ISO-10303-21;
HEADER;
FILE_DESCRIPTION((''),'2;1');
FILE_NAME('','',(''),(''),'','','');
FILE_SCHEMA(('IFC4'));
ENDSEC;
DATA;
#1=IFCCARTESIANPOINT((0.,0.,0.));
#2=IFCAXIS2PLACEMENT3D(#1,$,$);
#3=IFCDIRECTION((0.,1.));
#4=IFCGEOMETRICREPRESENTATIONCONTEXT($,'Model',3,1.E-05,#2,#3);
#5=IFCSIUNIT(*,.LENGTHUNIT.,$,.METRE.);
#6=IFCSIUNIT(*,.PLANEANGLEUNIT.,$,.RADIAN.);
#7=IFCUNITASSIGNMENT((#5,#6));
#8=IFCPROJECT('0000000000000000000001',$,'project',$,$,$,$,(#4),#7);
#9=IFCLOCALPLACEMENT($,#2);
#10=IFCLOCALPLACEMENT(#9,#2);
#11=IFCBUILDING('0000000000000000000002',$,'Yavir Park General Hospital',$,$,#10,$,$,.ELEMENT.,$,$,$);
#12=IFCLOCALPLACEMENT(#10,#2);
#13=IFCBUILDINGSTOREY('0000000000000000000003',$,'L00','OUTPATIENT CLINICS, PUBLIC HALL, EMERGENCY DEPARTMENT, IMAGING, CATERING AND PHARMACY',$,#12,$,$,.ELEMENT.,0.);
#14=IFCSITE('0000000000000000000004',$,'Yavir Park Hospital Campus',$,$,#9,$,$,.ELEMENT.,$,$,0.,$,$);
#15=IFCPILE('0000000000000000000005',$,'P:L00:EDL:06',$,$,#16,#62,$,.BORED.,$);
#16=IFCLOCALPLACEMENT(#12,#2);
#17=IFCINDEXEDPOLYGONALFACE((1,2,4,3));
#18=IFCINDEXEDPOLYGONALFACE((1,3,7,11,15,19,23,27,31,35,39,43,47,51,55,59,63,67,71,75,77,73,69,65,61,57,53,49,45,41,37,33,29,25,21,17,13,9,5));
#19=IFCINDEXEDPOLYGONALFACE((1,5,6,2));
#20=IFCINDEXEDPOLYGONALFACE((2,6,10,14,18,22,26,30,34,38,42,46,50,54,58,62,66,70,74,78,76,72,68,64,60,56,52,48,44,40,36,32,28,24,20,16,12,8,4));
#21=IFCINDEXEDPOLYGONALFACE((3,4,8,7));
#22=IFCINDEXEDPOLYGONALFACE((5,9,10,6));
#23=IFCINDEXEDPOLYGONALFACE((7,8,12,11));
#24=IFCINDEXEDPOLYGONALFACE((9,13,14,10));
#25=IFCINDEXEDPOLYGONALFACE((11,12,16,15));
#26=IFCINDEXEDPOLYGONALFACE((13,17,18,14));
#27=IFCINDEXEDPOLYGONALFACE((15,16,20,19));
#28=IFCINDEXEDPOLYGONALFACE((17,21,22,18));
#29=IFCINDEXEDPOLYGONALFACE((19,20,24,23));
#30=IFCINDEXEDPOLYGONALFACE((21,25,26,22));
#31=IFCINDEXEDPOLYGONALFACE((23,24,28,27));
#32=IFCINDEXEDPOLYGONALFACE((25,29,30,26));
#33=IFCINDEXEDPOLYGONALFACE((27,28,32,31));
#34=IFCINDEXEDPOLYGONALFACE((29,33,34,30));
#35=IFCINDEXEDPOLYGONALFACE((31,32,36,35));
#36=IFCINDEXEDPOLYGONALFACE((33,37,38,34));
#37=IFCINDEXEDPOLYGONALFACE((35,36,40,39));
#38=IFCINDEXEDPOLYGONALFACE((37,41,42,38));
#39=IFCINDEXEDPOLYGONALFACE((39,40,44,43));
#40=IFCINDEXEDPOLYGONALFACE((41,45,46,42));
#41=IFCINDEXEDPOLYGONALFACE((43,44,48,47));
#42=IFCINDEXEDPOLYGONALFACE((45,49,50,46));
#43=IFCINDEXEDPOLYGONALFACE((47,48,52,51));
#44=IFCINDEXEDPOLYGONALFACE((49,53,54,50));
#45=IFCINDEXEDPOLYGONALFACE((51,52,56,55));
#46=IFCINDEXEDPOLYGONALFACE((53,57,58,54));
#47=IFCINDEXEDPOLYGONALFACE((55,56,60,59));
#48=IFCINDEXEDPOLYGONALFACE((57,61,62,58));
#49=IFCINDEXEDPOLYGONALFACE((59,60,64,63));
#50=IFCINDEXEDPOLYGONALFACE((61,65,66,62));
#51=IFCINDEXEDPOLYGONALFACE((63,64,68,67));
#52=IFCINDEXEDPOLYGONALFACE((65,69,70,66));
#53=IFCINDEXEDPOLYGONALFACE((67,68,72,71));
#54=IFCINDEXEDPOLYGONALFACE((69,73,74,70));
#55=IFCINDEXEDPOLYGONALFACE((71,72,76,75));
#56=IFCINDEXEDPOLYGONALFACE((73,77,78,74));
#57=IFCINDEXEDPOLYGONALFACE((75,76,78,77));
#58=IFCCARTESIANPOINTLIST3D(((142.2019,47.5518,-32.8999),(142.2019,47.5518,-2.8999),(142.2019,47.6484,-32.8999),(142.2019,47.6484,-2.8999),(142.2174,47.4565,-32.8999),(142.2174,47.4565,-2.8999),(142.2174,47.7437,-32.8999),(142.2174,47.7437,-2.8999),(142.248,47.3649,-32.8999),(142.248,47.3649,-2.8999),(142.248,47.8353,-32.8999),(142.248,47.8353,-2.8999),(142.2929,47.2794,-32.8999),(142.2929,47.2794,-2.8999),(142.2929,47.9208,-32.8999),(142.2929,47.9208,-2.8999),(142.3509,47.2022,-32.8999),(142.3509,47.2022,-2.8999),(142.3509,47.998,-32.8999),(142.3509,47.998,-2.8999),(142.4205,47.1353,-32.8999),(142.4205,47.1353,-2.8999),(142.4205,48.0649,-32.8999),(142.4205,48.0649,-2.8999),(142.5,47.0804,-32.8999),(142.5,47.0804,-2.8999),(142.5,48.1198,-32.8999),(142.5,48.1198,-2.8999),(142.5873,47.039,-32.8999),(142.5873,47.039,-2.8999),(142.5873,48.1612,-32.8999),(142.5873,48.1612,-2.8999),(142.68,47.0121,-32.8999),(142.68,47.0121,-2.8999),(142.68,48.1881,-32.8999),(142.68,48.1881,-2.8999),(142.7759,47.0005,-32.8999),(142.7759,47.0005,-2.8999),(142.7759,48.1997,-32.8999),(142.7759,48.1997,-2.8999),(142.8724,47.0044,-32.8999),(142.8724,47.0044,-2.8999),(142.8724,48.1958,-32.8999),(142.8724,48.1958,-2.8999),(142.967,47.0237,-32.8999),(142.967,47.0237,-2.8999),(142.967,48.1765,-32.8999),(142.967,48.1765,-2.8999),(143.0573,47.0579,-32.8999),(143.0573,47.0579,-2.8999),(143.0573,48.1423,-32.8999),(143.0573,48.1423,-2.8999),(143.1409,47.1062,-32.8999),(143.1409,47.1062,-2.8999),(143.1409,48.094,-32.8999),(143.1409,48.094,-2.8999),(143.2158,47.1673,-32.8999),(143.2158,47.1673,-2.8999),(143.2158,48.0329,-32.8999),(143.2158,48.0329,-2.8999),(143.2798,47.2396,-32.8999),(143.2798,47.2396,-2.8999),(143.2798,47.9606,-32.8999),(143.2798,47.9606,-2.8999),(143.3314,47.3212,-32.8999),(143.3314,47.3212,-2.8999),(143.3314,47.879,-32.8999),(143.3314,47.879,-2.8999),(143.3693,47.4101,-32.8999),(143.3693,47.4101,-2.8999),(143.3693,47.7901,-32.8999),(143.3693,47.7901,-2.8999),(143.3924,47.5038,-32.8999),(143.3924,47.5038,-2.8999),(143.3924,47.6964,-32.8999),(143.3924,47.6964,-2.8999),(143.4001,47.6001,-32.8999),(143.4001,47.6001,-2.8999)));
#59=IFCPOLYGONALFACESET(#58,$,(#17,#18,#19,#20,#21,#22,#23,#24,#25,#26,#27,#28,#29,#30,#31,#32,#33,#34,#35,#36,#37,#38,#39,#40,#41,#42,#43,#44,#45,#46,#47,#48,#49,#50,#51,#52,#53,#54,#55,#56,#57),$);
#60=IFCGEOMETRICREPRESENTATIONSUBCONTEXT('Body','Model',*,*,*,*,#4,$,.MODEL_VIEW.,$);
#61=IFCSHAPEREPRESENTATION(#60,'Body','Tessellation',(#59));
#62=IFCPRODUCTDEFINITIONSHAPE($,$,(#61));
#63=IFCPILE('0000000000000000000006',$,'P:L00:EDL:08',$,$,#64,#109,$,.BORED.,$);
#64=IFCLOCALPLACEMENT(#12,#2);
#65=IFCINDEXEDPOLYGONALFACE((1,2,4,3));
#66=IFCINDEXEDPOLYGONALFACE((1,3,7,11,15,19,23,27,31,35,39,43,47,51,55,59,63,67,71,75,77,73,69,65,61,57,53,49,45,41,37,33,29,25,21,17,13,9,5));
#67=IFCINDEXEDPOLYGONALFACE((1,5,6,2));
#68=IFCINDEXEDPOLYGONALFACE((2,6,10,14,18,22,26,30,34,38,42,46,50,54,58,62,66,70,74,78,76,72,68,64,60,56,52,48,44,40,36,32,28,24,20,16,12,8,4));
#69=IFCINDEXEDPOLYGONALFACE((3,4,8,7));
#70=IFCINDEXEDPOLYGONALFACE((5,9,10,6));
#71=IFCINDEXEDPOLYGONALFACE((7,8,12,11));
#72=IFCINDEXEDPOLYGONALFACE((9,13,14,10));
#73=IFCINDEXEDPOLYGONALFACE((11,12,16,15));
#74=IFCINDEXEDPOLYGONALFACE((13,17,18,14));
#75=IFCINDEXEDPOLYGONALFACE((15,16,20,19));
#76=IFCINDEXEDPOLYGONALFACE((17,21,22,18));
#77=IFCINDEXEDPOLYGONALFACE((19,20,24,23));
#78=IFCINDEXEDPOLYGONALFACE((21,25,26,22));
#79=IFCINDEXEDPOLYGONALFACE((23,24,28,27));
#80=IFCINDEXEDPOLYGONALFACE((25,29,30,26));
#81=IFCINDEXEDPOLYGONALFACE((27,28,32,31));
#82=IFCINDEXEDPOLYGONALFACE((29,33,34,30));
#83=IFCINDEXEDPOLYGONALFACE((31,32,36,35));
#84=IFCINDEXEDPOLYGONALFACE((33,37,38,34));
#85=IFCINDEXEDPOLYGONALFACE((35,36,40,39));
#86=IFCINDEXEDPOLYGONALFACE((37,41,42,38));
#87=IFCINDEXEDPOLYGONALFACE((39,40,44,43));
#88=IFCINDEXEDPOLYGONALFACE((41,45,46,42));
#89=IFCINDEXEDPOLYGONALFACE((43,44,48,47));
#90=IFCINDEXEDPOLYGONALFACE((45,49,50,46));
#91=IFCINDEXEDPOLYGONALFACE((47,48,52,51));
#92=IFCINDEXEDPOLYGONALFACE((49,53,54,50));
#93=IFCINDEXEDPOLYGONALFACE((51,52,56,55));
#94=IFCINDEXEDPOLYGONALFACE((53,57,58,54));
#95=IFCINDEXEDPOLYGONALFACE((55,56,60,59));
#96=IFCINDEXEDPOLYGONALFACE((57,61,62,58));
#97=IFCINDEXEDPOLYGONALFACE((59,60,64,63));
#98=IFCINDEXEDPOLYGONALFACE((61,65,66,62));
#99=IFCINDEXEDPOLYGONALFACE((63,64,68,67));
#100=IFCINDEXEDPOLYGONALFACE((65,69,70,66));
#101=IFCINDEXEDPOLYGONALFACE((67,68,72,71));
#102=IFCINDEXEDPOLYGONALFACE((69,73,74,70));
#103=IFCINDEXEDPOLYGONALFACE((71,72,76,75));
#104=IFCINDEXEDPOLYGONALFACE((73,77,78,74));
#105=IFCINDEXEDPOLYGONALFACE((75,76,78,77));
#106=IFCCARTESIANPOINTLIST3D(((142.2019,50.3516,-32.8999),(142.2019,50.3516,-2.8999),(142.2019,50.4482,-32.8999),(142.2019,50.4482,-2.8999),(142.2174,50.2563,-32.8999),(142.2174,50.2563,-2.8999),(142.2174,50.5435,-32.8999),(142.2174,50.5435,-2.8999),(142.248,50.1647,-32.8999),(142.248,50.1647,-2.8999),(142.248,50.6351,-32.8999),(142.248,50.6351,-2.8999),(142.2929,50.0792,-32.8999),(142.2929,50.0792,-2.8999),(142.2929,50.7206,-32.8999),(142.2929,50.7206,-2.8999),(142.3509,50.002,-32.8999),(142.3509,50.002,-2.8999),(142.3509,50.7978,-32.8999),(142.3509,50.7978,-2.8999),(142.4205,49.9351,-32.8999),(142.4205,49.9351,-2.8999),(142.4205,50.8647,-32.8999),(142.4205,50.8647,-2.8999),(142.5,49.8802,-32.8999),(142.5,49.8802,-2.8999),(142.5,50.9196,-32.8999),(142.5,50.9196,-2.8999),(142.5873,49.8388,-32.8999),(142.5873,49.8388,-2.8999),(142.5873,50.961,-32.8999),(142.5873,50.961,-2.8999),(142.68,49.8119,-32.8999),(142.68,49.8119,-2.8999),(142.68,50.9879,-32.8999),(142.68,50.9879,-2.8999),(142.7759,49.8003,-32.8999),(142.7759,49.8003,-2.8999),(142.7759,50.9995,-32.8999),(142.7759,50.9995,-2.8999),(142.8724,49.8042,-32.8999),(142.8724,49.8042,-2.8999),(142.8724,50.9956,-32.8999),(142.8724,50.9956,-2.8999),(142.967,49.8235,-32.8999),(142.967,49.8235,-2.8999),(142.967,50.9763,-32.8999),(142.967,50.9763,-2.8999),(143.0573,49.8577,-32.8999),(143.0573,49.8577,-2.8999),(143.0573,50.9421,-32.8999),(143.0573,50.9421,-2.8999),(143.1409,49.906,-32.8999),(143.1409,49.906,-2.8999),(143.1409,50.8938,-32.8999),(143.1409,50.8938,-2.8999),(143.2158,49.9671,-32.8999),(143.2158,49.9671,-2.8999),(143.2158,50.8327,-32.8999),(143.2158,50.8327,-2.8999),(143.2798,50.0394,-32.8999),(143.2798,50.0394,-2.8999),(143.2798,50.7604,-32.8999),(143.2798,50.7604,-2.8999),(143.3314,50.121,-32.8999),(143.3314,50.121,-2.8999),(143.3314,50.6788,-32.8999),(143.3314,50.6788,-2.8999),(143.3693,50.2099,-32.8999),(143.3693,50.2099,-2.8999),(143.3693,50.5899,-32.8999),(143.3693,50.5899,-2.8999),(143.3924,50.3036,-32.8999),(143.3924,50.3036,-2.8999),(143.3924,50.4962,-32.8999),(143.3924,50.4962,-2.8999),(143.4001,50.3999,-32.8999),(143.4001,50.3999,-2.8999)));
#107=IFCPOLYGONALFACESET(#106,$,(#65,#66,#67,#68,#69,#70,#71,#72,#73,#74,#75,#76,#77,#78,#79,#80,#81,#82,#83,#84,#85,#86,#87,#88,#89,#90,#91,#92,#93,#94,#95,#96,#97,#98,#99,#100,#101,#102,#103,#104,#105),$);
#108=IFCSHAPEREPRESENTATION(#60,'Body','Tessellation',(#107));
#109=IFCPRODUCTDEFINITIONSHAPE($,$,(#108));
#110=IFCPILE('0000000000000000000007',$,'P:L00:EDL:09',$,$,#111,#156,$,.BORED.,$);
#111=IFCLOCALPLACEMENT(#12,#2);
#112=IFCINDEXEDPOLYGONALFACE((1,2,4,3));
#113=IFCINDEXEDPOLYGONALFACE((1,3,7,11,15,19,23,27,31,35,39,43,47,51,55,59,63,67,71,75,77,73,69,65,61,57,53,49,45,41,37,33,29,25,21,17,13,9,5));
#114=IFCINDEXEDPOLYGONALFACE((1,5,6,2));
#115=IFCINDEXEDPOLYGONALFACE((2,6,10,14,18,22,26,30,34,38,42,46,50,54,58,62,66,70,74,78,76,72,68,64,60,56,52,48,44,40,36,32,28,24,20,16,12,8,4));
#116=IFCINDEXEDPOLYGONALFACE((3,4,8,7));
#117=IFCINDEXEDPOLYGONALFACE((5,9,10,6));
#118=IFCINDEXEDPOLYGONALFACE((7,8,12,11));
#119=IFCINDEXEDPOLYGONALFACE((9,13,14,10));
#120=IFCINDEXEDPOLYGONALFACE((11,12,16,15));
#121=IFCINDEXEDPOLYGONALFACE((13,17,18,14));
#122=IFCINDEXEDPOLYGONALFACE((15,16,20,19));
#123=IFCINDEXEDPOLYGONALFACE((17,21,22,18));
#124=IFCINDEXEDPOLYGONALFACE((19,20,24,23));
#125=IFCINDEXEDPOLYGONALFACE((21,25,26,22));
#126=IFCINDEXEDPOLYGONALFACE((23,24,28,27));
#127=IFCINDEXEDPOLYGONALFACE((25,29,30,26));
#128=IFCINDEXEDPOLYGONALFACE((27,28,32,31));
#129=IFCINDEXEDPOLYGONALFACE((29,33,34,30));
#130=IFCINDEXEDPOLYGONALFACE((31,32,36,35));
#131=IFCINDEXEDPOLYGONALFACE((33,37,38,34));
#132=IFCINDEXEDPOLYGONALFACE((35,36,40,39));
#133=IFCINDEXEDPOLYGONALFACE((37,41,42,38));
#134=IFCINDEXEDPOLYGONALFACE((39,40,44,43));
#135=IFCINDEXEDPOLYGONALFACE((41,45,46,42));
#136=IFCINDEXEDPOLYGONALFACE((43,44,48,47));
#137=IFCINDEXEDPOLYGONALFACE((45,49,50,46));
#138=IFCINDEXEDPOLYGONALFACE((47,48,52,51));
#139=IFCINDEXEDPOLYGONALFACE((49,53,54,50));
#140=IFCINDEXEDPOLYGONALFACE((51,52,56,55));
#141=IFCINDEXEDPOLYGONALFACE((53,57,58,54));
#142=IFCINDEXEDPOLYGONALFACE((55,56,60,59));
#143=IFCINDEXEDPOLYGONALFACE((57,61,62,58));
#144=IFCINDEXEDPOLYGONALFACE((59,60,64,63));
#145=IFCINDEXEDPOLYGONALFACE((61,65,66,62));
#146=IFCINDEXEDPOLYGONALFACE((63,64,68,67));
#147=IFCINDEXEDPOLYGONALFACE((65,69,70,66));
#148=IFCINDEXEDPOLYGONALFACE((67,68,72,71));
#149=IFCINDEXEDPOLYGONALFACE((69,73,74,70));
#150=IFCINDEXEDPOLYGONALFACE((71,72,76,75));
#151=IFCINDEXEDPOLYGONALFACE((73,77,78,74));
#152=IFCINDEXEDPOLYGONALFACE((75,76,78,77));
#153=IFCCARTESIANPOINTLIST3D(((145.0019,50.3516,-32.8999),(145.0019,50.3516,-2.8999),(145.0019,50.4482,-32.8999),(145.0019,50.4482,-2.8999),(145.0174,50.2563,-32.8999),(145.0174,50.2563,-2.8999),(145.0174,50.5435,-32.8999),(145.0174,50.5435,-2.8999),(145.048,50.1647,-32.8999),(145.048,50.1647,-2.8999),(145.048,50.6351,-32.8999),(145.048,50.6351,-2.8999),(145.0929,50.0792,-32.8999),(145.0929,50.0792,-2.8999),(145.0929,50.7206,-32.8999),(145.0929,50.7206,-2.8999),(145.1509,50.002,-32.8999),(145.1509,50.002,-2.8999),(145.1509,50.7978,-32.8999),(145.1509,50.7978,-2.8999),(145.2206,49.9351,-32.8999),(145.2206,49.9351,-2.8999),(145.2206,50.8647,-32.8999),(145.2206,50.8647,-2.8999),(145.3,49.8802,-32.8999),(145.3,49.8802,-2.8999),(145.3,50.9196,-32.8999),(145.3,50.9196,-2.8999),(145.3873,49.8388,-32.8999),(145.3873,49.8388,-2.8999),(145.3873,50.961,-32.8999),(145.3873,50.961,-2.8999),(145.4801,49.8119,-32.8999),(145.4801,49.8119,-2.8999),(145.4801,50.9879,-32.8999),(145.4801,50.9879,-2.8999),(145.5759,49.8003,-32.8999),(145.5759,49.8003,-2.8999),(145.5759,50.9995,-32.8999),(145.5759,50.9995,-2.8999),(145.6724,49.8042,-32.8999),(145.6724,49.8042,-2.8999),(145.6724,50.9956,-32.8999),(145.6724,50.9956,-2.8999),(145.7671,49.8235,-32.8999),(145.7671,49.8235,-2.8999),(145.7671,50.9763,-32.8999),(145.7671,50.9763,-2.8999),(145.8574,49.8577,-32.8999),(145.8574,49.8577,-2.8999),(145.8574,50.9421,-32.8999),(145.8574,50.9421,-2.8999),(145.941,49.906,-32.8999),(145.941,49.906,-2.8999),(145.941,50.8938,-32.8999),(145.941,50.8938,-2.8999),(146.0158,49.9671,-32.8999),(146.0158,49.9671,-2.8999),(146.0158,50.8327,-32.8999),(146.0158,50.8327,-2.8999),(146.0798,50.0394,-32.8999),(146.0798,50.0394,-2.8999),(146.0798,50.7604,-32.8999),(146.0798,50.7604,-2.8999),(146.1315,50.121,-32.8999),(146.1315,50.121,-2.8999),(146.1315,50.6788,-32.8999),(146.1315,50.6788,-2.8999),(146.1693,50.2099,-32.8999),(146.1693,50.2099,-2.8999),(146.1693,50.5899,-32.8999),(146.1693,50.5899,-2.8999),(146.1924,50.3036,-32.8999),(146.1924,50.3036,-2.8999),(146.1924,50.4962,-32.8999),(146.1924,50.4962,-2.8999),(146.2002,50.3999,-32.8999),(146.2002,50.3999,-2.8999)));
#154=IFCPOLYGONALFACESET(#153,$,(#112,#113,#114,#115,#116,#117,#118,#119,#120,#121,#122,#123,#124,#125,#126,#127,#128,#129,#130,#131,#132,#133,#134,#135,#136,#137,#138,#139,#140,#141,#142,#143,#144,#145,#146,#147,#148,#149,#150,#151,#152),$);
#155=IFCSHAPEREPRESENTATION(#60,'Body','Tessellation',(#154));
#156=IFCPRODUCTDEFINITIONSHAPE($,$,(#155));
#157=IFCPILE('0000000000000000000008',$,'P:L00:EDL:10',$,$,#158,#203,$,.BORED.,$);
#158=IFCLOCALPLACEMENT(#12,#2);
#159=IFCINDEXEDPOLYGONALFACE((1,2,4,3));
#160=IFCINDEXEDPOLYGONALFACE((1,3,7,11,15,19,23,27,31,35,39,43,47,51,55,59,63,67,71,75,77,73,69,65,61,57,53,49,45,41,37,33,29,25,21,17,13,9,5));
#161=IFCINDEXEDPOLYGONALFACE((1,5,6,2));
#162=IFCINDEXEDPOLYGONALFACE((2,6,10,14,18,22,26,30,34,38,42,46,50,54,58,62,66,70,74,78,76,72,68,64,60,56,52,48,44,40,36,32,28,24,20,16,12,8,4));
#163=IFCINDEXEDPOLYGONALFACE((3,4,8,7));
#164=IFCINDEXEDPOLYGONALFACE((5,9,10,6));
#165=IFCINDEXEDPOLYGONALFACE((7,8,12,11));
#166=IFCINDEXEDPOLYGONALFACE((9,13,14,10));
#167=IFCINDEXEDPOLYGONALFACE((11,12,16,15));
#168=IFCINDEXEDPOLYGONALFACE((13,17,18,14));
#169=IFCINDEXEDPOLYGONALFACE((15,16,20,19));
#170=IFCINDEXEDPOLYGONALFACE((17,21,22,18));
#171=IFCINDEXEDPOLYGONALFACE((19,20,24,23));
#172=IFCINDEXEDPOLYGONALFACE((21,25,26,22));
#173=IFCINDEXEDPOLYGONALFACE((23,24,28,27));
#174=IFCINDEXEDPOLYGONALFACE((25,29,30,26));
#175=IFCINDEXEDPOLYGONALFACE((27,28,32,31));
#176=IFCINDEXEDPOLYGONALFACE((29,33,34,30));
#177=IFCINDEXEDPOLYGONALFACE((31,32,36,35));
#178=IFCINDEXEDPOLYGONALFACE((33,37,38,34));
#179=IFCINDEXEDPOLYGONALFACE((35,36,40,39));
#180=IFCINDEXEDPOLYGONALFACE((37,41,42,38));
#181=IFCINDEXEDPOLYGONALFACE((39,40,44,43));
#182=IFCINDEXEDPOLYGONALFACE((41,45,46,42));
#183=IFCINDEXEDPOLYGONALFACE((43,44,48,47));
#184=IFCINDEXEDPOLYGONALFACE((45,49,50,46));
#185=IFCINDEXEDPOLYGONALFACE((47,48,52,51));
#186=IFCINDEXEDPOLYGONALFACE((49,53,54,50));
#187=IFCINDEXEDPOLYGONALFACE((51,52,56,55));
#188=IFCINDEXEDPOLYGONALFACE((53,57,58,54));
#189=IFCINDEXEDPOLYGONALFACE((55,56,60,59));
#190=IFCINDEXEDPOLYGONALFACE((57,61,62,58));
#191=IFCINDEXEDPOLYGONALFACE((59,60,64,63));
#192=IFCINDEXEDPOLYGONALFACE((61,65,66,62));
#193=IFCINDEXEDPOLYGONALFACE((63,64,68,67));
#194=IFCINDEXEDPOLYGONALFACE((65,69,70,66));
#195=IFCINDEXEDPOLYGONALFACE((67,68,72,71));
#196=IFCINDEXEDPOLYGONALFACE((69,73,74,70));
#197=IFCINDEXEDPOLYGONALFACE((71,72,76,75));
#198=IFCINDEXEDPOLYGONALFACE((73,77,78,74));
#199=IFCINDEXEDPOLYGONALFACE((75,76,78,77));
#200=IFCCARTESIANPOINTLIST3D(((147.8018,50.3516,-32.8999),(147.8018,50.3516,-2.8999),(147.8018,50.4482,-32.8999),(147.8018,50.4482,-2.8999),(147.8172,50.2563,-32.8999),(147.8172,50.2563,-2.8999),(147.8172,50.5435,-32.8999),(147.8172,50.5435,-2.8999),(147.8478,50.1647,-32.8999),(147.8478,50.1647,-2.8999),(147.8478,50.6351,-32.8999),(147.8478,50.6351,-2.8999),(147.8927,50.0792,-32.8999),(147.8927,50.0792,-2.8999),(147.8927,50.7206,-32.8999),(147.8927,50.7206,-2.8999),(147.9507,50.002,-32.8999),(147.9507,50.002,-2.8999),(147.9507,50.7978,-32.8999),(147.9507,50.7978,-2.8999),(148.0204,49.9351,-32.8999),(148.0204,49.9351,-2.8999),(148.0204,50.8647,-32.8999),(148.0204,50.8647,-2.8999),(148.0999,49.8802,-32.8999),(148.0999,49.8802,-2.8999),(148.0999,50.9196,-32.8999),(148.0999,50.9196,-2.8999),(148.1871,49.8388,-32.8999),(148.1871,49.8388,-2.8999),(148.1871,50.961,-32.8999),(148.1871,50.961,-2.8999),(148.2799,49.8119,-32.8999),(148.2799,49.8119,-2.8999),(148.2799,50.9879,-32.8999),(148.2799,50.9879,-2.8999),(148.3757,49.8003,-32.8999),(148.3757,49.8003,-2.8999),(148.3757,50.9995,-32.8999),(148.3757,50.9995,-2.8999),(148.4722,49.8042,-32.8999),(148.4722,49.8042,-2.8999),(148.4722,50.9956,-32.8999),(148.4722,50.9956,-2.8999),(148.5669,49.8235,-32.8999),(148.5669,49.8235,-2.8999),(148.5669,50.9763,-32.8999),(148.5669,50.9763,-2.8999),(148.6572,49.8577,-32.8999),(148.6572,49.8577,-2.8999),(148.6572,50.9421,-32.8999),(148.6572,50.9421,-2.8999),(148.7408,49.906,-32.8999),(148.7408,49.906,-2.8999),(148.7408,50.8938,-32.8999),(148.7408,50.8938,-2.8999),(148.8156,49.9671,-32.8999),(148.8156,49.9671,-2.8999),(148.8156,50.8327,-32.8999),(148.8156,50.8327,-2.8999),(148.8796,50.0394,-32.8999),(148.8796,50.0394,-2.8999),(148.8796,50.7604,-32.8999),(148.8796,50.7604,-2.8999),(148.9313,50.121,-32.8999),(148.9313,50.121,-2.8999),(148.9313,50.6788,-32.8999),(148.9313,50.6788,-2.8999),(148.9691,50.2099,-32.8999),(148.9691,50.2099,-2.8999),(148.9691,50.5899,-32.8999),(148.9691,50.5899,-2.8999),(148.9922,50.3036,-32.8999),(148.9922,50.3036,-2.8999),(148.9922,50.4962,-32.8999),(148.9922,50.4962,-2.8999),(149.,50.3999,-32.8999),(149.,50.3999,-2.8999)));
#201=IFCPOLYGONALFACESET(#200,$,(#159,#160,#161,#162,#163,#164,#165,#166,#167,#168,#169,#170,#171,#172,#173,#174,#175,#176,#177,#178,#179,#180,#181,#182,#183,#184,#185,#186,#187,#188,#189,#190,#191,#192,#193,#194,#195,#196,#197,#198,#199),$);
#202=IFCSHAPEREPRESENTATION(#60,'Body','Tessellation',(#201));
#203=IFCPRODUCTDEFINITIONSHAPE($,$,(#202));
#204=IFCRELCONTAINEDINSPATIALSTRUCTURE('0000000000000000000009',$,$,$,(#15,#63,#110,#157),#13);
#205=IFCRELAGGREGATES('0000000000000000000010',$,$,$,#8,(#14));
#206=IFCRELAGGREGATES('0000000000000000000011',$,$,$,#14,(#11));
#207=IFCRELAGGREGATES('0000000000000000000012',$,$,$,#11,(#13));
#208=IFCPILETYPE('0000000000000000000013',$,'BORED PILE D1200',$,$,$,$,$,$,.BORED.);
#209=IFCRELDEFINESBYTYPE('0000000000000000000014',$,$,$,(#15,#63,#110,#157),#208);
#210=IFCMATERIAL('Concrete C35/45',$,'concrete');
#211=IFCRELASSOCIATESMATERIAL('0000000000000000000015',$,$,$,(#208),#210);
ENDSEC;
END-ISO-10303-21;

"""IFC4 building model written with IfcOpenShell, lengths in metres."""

from ifc_helpers import new_model, si_unit, direction, frame, origin, origin_2d, place, context, subcontext, project, spatial, circle, extrude, material, material_profile, profile_set, type_object, element, save


model = new_model("IFC4")

# Units and contexts
model_context = context("Model", 3, precision=1e-05, world=origin(), true_north=direction((0.0, 1.0)))
body_context = subcontext(model_context, "Body", "Model", "MODEL_VIEW")
ifc_project = project(units=[si_unit("LENGTHUNIT", "METRE"), si_unit("PLANEANGLEUNIT", "RADIAN")], contexts=[model_context])

# Site, building, storey
site_placement = place(None, origin())
site = spatial("IfcSite", under=ifc_project, at=site_placement, Name="Yavir Park Hospital Campus", CompositionType="ELEMENT", RefElevation=0.0)
building_placement = place(site_placement, origin())
building = spatial("IfcBuilding", under=site, at=building_placement, Name="Yavir Park General Hospital", CompositionType="ELEMENT")
storey_placement = place(building_placement, origin())
storey = spatial("IfcBuildingStorey", under=building, at=storey_placement, Name="L00", Description="OUTPATIENT CLINICS, PUBLIC HALL, EMERGENCY DEPARTMENT, IMAGING, CATERING AND PHARMACY", CompositionType="ELEMENT", Elevation=0.0)

# Piles
ifc_material_1 = material(Name="Concrete C35/45", Category="concrete")
ifc_material_profile_1 = material_profile(ifc_material_1, circle(Radius=0.6001, at=origin_2d()), Name="D1200")
ifc_profile_set_1 = profile_set([ifc_material_profile_1], Name="Concrete C35/45")
pile_type_1 = type_object("IfcPileType", Name="BORED PILE D1200", PredefinedType="BORED", material=ifc_profile_set_1)
for number, where, z_axis, x_axis, name in (
    (1, (142.8, 47.6001, -2.8999), (0.0, 0.0, -1.0), (1.0, 0.0, 0.0), "P:L00:EDL:06"),
    (2, (142.8, 50.3999, -2.8999), (0.0, 0.0, -1.0), (1.0, 0.0, 0.0), "P:L00:EDL:08"),
    (3, (145.6001, 50.3999, -2.8999), (0.0, 0.0, -1.0), (1.0, 0.0, 0.0), "P:L00:EDL:09"),
    (4, (148.3999, 50.3999, -2.8999), (0.0, 0.0, -1.0), (1.0, 0.0, 0.0), "P:L00:EDL:10"),
):
    element("IfcPile", number, at=place(storey_placement, frame(where, z_axis=z_axis, x_axis=x_axis)), inside=storey, type_object=pile_type_1, Name=name, PredefinedType="BORED", context=body_context, shape_type="SweptSolid", body=[
        extrude(circle(Radius=0.6001, at=origin_2d()), origin(), (0.0, 0.0, 1.0), 30.0),
    ])

save(model, "model.ifc")
